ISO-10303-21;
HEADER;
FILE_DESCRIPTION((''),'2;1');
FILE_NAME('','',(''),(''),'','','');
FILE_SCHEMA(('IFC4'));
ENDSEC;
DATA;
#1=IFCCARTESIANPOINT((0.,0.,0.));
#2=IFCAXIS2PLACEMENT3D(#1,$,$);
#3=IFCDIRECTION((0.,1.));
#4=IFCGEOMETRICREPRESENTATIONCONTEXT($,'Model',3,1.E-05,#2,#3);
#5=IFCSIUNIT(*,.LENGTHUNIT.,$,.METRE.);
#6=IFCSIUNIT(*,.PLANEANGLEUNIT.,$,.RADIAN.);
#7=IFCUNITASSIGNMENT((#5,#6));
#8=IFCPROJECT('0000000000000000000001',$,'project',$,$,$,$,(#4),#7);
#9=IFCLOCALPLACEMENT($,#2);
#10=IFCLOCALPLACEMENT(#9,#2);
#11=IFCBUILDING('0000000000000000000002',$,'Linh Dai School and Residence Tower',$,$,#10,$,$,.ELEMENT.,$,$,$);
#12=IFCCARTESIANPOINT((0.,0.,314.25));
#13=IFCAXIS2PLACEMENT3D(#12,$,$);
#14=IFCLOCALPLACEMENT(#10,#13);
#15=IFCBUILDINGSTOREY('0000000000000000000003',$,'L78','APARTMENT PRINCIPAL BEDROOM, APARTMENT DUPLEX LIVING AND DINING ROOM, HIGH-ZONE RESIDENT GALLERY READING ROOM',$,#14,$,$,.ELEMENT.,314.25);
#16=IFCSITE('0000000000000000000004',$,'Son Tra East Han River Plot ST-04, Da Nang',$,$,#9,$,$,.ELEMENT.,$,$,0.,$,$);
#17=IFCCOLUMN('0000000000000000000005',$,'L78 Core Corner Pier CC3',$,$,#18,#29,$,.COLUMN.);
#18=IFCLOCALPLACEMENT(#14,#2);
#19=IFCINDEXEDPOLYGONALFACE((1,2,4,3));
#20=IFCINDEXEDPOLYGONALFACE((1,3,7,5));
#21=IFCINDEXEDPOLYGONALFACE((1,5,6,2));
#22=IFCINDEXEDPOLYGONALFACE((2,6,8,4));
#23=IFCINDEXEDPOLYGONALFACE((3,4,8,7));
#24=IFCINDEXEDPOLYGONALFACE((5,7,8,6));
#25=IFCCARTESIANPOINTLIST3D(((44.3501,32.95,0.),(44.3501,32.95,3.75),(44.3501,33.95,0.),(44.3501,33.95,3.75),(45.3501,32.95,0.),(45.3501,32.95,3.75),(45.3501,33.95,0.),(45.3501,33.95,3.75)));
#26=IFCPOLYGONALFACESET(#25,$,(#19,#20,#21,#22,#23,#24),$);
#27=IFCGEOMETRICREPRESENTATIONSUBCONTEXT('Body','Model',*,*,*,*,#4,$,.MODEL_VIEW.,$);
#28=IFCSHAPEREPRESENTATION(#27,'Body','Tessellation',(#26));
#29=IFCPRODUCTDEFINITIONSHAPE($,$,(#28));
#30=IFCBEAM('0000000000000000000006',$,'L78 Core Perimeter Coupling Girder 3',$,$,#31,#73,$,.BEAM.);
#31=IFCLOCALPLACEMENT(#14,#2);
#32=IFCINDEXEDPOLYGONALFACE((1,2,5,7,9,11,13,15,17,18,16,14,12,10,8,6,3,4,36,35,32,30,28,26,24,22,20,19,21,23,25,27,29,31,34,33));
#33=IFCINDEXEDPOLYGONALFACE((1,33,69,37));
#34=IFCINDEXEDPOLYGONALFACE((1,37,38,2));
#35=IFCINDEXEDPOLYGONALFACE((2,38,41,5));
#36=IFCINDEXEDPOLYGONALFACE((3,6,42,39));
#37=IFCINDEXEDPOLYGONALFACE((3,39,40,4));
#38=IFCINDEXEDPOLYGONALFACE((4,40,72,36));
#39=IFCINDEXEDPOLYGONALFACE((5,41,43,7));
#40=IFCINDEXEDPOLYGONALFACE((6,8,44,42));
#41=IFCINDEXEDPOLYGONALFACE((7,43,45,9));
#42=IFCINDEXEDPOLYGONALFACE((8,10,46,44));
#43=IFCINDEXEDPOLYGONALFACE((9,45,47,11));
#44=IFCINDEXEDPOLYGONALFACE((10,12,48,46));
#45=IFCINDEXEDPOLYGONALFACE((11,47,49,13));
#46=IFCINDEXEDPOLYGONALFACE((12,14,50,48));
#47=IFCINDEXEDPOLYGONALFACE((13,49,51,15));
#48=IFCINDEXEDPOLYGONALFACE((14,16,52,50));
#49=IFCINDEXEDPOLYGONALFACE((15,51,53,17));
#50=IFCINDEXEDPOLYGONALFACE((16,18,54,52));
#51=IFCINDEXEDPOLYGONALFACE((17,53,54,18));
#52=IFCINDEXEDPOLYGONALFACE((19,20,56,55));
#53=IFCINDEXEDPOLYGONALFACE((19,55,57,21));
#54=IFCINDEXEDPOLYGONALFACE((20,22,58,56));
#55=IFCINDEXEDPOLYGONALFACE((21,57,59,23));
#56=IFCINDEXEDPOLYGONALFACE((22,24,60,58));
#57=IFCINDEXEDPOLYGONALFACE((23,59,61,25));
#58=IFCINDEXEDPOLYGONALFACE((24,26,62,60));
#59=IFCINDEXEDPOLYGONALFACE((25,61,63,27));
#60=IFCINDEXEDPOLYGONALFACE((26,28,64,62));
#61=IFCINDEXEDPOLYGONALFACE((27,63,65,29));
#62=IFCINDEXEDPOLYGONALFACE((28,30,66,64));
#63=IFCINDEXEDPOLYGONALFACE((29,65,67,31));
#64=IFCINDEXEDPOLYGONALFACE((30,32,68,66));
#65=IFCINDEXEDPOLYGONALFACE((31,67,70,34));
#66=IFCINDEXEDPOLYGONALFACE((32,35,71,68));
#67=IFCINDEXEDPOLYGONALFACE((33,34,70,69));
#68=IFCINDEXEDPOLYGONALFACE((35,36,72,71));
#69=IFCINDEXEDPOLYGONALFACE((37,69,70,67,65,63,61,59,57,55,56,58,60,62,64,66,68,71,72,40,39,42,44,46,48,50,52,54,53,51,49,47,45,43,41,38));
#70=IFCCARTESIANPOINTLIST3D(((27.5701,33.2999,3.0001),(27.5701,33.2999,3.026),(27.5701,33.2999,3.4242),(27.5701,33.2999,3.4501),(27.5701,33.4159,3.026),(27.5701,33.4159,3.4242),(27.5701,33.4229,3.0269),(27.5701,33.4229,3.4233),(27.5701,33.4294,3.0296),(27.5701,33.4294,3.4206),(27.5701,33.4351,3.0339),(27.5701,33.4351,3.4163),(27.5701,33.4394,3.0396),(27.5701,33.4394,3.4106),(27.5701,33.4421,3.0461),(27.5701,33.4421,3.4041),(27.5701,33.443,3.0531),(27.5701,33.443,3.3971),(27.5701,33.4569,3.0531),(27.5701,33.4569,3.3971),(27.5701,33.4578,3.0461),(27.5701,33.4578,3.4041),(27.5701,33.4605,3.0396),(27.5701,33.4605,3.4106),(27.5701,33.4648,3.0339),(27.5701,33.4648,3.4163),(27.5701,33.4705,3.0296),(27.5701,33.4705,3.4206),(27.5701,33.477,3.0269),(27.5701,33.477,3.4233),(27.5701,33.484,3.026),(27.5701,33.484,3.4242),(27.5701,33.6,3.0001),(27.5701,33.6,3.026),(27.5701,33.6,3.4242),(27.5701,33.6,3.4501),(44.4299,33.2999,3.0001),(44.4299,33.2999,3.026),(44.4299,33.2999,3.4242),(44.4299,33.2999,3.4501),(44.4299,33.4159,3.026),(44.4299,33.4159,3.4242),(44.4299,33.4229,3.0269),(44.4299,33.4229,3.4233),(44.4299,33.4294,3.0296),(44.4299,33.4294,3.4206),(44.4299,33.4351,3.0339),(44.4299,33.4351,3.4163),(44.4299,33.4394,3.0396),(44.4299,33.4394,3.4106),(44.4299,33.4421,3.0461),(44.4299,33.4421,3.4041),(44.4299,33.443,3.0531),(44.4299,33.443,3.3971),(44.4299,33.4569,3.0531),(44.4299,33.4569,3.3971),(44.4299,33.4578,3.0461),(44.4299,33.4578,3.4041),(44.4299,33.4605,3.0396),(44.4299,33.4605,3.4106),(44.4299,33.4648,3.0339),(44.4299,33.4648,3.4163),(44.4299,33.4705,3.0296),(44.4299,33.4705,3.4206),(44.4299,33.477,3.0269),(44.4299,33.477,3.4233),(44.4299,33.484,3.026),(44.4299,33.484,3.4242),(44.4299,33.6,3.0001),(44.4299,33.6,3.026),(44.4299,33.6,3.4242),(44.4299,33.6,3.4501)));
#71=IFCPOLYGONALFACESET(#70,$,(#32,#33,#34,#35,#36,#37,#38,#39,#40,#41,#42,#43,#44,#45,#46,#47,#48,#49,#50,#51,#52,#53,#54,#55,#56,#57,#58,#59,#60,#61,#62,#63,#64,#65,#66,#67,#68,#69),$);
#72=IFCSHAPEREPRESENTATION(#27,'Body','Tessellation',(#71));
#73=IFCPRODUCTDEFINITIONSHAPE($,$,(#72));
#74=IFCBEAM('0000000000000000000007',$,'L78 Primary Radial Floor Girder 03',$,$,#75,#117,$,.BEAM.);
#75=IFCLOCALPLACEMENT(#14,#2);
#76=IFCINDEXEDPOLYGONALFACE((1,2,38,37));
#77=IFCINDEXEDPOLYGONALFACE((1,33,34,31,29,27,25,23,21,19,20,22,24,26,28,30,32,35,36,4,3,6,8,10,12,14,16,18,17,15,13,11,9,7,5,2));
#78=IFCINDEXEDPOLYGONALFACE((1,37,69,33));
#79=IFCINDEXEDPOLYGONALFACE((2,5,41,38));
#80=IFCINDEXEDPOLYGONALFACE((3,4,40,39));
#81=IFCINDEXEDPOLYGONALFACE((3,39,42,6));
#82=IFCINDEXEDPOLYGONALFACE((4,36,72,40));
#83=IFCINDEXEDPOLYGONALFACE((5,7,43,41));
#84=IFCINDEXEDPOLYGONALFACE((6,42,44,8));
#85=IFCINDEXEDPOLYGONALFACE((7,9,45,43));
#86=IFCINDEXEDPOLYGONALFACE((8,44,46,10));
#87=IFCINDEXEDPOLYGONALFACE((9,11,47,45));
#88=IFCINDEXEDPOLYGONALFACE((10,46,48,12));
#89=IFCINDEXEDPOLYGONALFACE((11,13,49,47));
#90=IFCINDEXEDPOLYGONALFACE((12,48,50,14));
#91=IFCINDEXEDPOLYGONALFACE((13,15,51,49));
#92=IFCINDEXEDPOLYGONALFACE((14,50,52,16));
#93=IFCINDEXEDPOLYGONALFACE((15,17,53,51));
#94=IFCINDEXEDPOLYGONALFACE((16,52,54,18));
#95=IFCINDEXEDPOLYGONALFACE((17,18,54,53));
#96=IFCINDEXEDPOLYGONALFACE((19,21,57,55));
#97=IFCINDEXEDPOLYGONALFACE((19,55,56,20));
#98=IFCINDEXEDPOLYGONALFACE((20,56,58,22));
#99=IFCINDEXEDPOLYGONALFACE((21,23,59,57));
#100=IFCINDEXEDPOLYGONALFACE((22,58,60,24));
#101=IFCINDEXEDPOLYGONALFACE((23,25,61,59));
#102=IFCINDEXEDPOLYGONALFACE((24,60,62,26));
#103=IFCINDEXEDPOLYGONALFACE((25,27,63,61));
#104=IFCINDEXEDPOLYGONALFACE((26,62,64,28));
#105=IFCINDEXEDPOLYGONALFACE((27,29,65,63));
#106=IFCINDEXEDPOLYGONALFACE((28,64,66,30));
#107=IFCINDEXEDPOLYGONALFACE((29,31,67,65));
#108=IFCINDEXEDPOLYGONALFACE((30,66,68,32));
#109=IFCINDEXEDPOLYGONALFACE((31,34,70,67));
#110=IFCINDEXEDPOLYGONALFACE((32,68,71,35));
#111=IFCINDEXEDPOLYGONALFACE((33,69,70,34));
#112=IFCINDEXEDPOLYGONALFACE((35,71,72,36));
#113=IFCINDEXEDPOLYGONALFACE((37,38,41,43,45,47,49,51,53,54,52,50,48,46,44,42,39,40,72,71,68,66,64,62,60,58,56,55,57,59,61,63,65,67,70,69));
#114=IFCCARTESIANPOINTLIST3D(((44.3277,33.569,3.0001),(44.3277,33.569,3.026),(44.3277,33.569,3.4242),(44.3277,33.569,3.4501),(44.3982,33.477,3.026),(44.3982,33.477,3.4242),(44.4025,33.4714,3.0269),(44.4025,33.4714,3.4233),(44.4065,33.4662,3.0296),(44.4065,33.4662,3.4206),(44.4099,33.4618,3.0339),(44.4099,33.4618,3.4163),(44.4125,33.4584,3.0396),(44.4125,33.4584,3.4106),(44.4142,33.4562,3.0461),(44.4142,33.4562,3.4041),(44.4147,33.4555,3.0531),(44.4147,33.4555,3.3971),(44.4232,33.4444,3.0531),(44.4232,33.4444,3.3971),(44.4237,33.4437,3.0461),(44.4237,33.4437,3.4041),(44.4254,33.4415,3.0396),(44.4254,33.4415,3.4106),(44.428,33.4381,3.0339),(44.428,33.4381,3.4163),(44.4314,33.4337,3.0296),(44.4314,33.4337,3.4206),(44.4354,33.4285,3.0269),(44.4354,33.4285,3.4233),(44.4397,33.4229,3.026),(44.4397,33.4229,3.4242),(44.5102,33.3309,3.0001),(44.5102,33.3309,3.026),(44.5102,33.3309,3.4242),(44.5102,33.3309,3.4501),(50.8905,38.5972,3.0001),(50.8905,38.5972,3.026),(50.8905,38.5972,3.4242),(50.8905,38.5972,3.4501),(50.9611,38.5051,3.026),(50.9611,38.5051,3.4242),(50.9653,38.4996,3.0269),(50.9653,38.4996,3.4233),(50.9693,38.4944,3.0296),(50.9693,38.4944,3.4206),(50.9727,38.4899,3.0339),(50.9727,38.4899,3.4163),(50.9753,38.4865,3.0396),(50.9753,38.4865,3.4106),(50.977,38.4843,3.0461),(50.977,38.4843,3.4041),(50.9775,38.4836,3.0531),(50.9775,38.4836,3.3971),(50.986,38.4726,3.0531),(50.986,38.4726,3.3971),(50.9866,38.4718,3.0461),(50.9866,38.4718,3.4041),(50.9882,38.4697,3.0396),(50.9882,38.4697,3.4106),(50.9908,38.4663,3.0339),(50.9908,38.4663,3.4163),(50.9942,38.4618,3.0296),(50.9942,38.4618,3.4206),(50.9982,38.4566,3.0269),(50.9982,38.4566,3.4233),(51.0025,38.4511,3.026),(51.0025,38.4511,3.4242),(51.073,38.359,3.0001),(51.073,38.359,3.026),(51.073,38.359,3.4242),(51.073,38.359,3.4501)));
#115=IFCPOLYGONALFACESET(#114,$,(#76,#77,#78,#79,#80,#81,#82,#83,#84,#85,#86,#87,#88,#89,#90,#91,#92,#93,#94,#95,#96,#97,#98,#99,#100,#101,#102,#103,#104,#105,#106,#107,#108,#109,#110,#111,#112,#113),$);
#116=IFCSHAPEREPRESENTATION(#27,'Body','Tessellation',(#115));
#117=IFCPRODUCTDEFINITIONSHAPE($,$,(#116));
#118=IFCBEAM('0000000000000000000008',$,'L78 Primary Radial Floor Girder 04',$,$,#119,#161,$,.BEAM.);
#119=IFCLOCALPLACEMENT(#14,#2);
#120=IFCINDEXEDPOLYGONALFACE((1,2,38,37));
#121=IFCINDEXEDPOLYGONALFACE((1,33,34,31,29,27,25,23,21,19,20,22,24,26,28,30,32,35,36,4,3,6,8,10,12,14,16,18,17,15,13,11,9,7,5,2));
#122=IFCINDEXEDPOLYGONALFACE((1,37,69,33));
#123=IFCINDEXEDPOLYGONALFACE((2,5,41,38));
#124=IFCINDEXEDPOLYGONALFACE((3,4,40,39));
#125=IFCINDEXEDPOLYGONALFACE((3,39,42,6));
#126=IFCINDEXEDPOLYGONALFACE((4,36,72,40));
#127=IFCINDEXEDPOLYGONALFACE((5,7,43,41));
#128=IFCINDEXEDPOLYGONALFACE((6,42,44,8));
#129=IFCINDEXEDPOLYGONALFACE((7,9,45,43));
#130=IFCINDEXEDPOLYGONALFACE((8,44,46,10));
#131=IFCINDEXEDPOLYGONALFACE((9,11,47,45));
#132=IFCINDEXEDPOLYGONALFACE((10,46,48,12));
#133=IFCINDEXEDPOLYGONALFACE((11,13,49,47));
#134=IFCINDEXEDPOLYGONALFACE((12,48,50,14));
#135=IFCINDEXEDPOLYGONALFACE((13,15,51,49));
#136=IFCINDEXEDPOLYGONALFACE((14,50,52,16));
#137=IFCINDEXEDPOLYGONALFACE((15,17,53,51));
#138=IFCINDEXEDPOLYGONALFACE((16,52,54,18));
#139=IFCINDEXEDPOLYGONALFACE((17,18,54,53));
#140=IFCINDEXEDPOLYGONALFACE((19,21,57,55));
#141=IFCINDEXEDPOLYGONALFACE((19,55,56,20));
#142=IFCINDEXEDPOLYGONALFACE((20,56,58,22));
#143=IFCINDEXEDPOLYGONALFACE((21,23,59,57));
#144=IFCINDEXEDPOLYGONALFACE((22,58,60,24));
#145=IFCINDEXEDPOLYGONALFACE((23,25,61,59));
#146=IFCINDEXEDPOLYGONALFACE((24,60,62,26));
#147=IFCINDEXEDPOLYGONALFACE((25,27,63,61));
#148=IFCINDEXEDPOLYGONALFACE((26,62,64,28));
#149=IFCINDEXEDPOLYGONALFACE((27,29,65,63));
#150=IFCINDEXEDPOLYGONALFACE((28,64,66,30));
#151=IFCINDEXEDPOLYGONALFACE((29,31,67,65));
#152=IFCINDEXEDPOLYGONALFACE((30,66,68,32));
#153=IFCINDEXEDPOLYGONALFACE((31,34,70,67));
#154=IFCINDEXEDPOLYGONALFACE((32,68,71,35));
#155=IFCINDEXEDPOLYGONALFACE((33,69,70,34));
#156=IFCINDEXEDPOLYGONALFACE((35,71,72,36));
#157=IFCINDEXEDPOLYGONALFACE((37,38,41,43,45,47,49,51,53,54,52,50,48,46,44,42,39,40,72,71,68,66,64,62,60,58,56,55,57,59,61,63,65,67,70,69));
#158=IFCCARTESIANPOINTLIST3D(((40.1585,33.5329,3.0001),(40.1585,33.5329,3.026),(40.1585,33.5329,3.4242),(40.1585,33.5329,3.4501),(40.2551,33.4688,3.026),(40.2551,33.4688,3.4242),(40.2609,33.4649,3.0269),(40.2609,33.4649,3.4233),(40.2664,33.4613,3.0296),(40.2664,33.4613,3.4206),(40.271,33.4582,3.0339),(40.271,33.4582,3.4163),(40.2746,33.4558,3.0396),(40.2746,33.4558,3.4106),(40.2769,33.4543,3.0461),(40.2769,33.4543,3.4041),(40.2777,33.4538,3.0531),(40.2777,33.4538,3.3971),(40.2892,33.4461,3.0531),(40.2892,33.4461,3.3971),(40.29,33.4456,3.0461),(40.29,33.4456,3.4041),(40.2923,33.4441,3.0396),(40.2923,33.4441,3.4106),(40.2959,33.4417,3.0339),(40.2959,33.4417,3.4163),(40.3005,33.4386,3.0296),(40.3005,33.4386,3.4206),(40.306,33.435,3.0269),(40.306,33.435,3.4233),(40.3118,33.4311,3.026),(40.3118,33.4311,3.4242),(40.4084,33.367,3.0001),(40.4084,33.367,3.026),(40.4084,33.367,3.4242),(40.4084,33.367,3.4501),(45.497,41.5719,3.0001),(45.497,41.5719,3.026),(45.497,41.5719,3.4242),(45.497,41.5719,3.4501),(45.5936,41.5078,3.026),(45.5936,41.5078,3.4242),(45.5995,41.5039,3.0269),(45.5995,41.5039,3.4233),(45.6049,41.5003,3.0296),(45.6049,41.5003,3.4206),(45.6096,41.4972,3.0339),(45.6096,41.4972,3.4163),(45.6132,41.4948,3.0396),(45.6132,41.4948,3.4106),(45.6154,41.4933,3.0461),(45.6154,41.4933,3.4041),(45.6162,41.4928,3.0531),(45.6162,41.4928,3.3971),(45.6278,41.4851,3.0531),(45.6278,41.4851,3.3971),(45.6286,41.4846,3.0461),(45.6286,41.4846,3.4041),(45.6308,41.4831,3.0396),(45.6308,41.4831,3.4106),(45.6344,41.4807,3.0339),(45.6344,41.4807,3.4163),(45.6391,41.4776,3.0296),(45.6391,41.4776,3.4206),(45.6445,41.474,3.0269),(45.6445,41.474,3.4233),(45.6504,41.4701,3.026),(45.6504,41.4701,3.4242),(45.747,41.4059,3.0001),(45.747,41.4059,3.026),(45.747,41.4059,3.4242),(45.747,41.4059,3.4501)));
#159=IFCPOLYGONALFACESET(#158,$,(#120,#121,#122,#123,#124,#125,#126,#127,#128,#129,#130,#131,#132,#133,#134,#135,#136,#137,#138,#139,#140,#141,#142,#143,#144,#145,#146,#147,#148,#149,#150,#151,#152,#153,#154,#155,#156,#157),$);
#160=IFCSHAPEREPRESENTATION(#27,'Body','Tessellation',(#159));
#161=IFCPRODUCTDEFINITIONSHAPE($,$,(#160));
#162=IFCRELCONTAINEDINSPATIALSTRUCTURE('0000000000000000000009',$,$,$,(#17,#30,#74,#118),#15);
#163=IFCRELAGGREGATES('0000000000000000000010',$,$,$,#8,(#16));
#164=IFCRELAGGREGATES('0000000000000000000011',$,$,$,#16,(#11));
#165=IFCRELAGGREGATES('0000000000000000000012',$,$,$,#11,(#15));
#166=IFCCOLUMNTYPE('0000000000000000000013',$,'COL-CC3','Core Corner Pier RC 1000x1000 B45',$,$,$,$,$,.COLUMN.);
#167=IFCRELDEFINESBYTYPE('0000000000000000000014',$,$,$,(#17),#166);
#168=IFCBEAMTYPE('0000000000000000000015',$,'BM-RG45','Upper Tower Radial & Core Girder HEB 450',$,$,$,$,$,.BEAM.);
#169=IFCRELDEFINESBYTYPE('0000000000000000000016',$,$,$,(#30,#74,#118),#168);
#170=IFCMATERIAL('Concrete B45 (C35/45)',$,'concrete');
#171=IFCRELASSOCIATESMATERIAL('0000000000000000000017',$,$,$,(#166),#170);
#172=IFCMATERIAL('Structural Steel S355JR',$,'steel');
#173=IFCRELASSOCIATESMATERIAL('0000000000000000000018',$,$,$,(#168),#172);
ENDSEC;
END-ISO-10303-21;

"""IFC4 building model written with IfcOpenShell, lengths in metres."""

from ifc_helpers import new_model, si_unit, direction, frame, origin, origin_2d, place, context, subcontext, project, spatial, rectangle, i_section, extrude, material, material_profile, profile_set, type_object, element, save


model = new_model("IFC4")

# Units and contexts
model_context = context("Model", 3, precision=1e-05, world=origin(), true_north=direction((0.0, 1.0)))
body_context = subcontext(model_context, "Body", "Model", "MODEL_VIEW")
ifc_project = project(units=[si_unit("LENGTHUNIT", "METRE"), si_unit("PLANEANGLEUNIT", "RADIAN")], contexts=[model_context])

# Site, building, storey
site_placement = place(None, origin())
site = spatial("IfcSite", under=ifc_project, at=site_placement, Name="Son Tra East Han River Plot ST-04, Da Nang", CompositionType="ELEMENT", RefElevation=0.0)
building_placement = place(site_placement, origin())
building = spatial("IfcBuilding", under=site, at=building_placement, Name="Linh Dai School and Residence Tower", CompositionType="ELEMENT")
storey_placement = place(building_placement, frame((0.0, 0.0, 314.25)))
storey = spatial("IfcBuildingStorey", under=building, at=storey_placement, Name="L78", Description="APARTMENT PRINCIPAL BEDROOM, APARTMENT DUPLEX LIVING AND DINING ROOM, HIGH-ZONE RESIDENT GALLERY READING ROOM", CompositionType="ELEMENT", Elevation=314.25)

# Column
ifc_material_1 = material(Name="Concrete B45 (C35/45)", Category="concrete")
ifc_material_profile_1 = material_profile(ifc_material_1, rectangle(XDim=1.0, YDim=1.0, at=origin_2d()), Name="RC 1000x1000")
ifc_profile_set_1 = profile_set([ifc_material_profile_1], Name="Concrete B45 (C35/45)")
column_type = type_object("IfcColumnType", Name="COL-CC3", Description="Core Corner Pier RC 1000x1000 B45", PredefinedType="COLUMN", material=ifc_profile_set_1)
column_placement = place(storey_placement, frame((44.8501, 33.45, 0.0), z_axis=(0.0, 0.0, 1.0), x_axis=(1.0, 0.0, 0.0)))
element("IfcColumn", 1, at=column_placement, inside=storey, type_object=column_type, Name="L78 Core Corner Pier CC3", PredefinedType="COLUMN", context=body_context, shape_type="SweptSolid", body=[
    extrude(rectangle(XDim=1.0, YDim=1.0, at=origin_2d()), origin(), (0.0, 0.0, 1.0), 3.75),
])

# Beams
ifc_material_2 = material(Name="Structural Steel S355JR", Category="steel")
ifc_material_profile_2 = material_profile(ifc_material_2, i_section(OverallWidth=0.3, OverallDepth=0.45, WebThickness=0.0139, FlangeThickness=0.0259, FilletRadius=0.0271, at=origin_2d()), Name="HEB 450")
ifc_profile_set_2 = profile_set([ifc_material_profile_2], Name="Structural Steel S355JR")
beam_type_1 = type_object("IfcBeamType", Name="BM-RG45", Description="Upper Tower Radial & Core Girder HEB 450", PredefinedType="BEAM", material=ifc_profile_set_2)
beam_1_placement = place(storey_placement, frame((44.4299, 33.45, 3.2251), z_axis=(-1.0, 0.0, 0.0), x_axis=(0.0, -1.0, 0.0)))
element("IfcBeam", 2, at=beam_1_placement, inside=storey, type_object=beam_type_1, Name="L78 Core Perimeter Coupling Girder 3", PredefinedType="BEAM", context=body_context, shape_type="SweptSolid", body=[
    extrude(i_section(OverallWidth=0.3, OverallDepth=0.45, WebThickness=0.0139, FlangeThickness=0.0259, FilletRadius=0.0271, at=origin_2d()), origin(), (0.0, 0.0, 1.0), 16.8599),
])
beam_2_placement = place(storey_placement, frame((44.4189, 33.45, 3.2251), z_axis=(0.793803, 0.608175, 0.0), x_axis=(-0.608175, 0.793803, 0.0)))
element("IfcBeam", 3, at=beam_2_placement, inside=storey, type_object=beam_type_1, Name="L78 Primary Radial Floor Girder 03", PredefinedType="BEAM", context=body_context, shape_type="SweptSolid", body=[
    extrude(i_section(OverallWidth=0.3, OverallDepth=0.45, WebThickness=0.0139, FlangeThickness=0.0259, FilletRadius=0.0271, at=origin_2d()), origin(), (0.0, 0.0, 1.0), 8.2676),
])
beam_3_placement = place(storey_placement, frame((40.2834, 33.45, 3.2251), z_axis=(0.553211, 0.833041, 0.0), x_axis=(-0.833041, 0.553211, 0.0)))
element("IfcBeam", 4, at=beam_3_placement, inside=storey, type_object=beam_type_1, Name="L78 Primary Radial Floor Girder 04", PredefinedType="BEAM", context=body_context, shape_type="SweptSolid", body=[
    extrude(i_section(OverallWidth=0.3, OverallDepth=0.45, WebThickness=0.0139, FlangeThickness=0.0259, FilletRadius=0.0271, at=origin_2d()), origin(), (0.0, 0.0, 1.0), 9.6501),
])

save(model, "model.ifc")
